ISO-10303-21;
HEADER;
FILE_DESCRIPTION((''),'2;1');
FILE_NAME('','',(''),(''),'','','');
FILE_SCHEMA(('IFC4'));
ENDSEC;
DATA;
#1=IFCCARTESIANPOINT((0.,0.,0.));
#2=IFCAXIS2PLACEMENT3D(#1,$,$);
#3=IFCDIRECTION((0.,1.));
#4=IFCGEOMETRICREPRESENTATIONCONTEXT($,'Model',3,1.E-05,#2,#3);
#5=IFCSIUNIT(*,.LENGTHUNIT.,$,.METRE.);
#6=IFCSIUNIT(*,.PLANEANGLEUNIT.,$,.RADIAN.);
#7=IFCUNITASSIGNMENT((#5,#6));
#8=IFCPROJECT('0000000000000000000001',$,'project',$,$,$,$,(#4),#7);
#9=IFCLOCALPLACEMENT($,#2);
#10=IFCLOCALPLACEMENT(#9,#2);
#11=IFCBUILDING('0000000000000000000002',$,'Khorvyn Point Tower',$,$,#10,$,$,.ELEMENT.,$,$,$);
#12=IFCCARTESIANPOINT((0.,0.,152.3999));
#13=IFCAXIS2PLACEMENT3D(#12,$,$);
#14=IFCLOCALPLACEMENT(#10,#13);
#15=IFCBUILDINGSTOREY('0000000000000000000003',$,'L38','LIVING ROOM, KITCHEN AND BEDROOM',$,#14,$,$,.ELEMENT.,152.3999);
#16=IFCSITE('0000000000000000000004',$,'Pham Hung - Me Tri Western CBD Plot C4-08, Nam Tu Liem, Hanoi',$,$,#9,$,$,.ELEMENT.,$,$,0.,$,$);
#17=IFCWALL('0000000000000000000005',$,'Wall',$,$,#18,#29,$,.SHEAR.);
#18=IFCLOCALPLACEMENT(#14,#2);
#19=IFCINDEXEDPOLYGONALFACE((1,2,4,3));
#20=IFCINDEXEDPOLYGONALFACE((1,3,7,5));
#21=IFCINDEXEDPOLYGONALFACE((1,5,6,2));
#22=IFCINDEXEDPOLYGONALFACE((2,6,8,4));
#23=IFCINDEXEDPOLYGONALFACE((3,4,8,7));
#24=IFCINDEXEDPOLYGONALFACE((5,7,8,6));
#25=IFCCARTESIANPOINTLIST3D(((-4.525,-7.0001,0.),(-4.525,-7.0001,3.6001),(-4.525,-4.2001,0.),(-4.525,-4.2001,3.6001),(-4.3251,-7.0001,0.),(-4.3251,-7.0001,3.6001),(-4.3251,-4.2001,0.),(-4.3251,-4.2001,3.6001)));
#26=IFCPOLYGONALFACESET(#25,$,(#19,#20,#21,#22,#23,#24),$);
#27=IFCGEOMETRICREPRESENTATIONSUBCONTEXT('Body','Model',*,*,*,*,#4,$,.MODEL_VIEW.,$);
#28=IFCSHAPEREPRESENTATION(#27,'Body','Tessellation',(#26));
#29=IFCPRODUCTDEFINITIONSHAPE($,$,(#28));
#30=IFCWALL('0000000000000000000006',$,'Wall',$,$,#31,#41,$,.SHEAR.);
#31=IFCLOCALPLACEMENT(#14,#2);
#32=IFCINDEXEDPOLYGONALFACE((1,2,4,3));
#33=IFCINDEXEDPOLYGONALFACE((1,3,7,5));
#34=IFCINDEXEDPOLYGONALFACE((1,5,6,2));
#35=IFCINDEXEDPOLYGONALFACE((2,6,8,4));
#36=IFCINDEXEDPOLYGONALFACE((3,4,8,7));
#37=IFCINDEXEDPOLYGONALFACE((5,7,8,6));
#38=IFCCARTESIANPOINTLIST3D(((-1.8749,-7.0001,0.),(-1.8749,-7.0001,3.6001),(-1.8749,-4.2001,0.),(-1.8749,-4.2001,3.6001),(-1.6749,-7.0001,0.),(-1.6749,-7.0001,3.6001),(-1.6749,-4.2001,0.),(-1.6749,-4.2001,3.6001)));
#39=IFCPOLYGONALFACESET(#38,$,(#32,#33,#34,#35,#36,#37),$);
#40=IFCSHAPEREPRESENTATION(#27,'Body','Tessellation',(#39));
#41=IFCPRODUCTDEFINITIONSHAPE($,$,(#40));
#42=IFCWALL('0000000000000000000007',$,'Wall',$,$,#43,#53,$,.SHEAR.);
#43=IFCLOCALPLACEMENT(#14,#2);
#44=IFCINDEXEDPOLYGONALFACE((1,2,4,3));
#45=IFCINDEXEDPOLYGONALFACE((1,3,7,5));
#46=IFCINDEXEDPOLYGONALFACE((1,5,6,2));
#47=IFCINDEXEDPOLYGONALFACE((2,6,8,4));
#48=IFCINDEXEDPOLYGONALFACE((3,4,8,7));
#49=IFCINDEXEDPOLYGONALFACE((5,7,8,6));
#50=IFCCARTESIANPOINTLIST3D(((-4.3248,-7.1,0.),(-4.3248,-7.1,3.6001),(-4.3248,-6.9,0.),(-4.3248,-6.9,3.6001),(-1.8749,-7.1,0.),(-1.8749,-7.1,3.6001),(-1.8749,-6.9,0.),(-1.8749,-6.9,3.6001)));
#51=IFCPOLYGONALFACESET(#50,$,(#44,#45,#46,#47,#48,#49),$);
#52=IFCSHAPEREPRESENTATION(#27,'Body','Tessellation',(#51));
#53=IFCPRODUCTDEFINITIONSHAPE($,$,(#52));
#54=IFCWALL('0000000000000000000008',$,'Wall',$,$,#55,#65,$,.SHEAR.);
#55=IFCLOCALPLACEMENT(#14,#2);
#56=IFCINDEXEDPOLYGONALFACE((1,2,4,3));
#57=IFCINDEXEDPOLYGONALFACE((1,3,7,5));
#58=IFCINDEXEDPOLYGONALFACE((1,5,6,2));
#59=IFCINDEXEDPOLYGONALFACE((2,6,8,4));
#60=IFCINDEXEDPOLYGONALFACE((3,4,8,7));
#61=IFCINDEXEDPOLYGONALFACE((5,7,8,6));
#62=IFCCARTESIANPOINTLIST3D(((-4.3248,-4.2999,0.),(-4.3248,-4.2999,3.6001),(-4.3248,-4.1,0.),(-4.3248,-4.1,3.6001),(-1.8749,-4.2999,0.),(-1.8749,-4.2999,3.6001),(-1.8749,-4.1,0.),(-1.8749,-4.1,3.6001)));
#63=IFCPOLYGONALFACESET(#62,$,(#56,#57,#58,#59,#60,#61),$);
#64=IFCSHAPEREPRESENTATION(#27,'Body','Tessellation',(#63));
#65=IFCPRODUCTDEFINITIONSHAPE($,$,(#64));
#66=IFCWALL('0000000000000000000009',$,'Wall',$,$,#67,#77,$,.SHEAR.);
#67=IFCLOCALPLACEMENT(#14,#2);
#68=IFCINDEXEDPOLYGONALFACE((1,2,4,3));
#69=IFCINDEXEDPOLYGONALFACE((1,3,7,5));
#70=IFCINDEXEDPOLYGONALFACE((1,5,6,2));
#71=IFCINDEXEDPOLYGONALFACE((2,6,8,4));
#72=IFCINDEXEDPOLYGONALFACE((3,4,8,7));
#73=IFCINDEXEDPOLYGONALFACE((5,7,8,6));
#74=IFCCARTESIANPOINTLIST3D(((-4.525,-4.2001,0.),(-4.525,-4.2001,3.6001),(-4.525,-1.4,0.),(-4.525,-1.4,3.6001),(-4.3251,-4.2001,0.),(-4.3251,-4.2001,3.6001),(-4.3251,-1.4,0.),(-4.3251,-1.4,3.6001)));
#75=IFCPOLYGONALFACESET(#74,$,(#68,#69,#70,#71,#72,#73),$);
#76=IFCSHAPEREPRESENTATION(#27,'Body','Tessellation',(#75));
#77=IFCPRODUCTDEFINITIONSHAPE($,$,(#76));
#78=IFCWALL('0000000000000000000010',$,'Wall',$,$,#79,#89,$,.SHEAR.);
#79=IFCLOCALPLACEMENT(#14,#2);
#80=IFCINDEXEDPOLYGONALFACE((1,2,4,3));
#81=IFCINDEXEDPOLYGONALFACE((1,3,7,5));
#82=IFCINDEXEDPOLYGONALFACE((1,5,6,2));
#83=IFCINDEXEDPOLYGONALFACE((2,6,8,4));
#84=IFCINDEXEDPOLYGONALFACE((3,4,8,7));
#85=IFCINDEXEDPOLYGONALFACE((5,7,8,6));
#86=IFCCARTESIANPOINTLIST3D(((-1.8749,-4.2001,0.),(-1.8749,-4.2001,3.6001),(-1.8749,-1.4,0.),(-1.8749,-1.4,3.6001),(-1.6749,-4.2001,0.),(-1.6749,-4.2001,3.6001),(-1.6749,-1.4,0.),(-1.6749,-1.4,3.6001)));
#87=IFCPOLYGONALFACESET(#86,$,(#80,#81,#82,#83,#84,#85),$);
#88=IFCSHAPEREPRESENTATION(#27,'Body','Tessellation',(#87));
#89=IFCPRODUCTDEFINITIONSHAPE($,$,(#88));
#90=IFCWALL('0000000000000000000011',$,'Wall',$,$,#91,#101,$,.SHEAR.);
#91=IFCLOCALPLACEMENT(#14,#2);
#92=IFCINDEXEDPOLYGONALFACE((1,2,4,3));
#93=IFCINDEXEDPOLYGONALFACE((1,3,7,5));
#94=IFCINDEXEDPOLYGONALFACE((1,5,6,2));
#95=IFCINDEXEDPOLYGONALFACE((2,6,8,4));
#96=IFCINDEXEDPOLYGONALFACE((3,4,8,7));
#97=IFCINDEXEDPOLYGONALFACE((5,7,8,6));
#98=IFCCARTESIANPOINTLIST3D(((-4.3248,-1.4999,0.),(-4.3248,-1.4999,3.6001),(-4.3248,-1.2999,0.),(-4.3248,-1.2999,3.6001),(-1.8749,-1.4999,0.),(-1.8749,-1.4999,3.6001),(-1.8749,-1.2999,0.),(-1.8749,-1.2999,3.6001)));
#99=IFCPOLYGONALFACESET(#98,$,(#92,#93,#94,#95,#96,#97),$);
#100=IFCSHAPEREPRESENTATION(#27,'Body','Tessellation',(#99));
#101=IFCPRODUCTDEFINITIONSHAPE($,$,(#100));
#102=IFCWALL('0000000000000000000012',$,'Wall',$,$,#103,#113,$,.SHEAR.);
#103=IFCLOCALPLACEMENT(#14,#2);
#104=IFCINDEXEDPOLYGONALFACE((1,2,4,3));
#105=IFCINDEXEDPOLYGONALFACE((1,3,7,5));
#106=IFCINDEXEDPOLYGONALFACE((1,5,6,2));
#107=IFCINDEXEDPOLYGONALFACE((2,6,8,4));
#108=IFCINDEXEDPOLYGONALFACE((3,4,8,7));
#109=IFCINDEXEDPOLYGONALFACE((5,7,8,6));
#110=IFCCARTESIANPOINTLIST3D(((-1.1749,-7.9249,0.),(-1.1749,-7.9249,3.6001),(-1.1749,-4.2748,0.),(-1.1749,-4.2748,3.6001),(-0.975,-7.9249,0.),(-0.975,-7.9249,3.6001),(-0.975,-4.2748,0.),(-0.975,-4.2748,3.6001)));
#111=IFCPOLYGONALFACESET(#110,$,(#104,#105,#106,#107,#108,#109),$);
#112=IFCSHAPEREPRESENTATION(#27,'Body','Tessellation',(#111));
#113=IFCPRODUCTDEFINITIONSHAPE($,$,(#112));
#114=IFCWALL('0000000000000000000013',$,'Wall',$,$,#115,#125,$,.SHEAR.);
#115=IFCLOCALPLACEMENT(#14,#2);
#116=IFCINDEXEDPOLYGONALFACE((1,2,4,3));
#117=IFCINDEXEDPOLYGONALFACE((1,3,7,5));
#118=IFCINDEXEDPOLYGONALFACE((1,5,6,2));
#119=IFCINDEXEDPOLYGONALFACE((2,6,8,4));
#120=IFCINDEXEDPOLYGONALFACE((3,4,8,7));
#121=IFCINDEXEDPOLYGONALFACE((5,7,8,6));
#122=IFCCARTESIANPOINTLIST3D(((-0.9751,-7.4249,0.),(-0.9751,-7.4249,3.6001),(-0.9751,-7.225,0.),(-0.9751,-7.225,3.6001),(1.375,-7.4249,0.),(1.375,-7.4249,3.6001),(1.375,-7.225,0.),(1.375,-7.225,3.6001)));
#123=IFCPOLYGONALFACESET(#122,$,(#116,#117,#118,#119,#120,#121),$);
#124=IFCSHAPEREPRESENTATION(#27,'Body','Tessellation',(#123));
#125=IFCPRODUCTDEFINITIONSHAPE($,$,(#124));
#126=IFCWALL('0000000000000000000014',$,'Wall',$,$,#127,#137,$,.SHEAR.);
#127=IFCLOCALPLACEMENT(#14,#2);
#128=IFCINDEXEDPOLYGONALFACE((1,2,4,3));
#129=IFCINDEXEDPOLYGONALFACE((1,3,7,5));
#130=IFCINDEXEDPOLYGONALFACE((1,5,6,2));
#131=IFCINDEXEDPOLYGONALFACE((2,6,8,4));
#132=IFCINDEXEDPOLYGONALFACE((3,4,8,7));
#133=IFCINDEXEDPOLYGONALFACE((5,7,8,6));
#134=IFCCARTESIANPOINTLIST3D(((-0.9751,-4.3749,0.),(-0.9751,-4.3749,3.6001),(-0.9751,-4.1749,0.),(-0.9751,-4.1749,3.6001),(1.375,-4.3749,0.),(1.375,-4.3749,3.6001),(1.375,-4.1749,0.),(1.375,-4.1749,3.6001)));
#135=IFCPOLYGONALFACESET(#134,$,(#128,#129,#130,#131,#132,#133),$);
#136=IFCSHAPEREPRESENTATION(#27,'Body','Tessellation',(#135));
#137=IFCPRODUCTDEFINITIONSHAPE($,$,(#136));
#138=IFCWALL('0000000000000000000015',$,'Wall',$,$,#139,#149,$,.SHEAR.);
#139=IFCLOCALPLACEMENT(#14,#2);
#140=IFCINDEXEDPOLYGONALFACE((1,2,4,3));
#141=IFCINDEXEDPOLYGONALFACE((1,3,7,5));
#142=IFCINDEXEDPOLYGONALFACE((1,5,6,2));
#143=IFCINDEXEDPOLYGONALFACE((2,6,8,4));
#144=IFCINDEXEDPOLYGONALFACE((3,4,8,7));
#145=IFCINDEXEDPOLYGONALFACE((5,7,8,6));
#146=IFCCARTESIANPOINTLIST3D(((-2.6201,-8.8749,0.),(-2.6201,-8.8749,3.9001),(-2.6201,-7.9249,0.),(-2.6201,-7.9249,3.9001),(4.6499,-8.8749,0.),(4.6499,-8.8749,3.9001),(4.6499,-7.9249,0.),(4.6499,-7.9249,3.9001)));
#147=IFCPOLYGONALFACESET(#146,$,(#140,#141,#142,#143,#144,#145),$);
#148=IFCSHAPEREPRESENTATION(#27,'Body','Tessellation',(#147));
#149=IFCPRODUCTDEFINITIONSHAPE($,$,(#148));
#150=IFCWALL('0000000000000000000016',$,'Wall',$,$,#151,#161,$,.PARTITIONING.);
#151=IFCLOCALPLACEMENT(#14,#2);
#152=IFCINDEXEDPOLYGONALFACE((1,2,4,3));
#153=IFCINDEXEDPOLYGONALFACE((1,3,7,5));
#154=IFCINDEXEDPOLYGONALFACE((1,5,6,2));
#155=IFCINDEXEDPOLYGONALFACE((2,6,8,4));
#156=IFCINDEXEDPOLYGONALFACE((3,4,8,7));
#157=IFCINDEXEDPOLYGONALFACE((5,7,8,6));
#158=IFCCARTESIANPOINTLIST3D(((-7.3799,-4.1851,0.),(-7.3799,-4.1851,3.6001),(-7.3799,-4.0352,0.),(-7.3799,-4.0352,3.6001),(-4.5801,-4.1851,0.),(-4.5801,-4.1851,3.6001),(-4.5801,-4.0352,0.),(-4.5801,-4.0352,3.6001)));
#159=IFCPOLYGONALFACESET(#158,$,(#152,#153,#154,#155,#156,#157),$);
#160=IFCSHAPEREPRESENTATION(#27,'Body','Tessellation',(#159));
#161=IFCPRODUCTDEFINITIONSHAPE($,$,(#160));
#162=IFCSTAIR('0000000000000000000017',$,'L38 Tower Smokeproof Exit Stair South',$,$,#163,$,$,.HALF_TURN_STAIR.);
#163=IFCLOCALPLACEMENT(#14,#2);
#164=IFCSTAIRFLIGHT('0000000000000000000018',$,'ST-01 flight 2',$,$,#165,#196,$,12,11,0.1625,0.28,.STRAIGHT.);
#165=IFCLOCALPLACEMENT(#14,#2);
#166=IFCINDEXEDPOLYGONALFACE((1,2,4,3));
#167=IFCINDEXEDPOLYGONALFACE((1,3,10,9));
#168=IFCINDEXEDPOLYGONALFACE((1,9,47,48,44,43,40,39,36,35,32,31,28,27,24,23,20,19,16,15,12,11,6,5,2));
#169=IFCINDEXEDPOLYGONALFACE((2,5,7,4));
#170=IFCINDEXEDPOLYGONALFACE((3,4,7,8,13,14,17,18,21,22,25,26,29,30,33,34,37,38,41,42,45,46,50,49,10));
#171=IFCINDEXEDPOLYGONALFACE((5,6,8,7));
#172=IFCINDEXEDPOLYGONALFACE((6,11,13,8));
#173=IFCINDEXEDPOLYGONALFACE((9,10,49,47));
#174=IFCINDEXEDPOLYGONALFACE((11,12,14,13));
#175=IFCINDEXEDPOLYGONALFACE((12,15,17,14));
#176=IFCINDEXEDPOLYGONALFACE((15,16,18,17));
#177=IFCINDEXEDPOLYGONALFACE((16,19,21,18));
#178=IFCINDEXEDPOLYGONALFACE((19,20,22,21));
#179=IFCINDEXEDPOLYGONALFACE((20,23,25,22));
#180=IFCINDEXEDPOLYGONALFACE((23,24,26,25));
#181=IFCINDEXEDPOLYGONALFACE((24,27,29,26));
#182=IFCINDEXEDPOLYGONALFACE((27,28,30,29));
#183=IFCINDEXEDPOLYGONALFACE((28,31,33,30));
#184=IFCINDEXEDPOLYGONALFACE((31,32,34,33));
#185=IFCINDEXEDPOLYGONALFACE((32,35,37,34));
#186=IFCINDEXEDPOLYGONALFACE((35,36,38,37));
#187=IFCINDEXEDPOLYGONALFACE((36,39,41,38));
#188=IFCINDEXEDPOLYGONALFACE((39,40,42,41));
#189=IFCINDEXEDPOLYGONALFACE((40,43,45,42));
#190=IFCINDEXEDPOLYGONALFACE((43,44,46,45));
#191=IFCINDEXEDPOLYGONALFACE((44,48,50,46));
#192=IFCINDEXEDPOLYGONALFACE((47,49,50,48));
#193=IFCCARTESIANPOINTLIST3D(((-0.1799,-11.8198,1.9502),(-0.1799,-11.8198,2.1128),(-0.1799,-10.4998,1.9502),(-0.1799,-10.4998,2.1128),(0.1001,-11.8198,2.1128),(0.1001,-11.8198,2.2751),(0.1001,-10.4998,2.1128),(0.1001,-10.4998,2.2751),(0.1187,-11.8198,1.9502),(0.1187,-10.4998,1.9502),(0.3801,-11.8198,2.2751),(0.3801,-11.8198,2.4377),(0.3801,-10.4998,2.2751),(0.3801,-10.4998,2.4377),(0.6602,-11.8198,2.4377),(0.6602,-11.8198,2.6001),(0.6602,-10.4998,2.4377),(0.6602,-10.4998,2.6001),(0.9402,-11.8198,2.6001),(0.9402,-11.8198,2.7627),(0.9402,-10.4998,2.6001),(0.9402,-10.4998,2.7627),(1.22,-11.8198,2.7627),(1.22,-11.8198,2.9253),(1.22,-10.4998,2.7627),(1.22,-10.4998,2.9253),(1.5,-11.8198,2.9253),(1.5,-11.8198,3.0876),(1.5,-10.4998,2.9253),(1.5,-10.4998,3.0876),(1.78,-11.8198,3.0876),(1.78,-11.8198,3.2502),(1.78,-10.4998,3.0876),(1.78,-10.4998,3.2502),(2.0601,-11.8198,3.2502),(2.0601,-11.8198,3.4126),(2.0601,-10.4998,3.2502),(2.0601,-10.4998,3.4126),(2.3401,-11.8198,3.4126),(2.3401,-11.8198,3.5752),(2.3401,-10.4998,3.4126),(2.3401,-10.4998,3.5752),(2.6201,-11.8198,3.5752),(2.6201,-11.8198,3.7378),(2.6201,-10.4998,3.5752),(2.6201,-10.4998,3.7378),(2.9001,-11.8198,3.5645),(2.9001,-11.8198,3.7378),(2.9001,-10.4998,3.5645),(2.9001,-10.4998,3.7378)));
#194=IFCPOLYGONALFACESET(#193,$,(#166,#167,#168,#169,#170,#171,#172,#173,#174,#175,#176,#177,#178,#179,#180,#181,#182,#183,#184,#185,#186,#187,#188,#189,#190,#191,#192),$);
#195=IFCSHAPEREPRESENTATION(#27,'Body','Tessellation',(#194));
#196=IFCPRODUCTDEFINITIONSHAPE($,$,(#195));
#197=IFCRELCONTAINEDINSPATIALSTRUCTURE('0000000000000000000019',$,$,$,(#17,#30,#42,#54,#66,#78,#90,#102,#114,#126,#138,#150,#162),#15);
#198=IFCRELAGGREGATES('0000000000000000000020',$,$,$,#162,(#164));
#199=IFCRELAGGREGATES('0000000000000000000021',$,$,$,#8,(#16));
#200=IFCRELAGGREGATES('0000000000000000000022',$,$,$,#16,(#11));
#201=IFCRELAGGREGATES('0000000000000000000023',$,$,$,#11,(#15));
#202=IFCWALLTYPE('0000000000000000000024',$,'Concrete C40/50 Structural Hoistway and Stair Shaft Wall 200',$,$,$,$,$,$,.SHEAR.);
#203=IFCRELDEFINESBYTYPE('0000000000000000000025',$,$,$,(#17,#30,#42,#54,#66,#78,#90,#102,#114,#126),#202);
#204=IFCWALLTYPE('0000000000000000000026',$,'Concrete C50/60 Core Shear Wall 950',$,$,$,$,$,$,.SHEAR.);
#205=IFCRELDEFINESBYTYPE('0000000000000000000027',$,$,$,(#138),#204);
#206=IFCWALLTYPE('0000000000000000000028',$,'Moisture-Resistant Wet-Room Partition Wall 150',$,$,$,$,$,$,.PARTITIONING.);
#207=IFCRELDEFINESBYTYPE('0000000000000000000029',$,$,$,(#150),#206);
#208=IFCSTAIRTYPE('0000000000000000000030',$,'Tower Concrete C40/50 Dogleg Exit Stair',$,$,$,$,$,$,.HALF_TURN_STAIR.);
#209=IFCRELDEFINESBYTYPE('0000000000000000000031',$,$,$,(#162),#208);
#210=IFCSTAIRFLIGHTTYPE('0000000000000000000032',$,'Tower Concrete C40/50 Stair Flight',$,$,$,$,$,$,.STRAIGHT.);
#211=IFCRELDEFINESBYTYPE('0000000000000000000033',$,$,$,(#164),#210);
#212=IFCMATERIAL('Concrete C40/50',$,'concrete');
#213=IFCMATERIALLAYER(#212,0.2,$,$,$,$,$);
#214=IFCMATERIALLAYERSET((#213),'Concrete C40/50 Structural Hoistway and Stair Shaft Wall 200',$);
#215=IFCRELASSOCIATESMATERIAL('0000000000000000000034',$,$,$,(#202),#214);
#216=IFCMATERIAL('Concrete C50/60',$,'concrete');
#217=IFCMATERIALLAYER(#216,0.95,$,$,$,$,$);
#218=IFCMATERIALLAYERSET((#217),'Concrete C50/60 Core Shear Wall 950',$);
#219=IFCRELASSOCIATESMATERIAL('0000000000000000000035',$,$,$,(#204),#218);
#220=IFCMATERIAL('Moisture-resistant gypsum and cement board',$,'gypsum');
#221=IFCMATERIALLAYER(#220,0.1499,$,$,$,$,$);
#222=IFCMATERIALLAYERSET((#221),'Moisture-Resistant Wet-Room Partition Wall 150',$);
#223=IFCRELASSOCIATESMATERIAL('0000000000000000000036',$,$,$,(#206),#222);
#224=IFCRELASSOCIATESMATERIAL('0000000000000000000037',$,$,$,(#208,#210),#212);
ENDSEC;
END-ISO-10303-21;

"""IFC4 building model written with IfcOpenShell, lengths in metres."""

from ifc_helpers import new_model, si_unit, direction, frame, frame_2d, origin, place, context, subcontext, project, spatial, polyline, rectangle, outline, extrude, material, layer, layer_set, type_object, element, aggregate, save


model = new_model("IFC4")

# Units and contexts
model_context = context("Model", 3, precision=1e-05, world=origin(), true_north=direction((0.0, 1.0)))
body_context = subcontext(model_context, "Body", "Model", "MODEL_VIEW")
ifc_project = project(units=[si_unit("LENGTHUNIT", "METRE"), si_unit("PLANEANGLEUNIT", "RADIAN")], contexts=[model_context])

# Site, building, storey
site_placement = place(None, origin())
site = spatial("IfcSite", under=ifc_project, at=site_placement, Name="Pham Hung - Me Tri Western CBD Plot C4-08, Nam Tu Liem, Hanoi", CompositionType="ELEMENT", RefElevation=0.0)
building_placement = place(site_placement, origin())
building = spatial("IfcBuilding", under=site, at=building_placement, Name="Khorvyn Point Tower", CompositionType="ELEMENT")
storey_placement = place(building_placement, frame((0.0, 0.0, 152.3999)))
storey = spatial("IfcBuildingStorey", under=building, at=storey_placement, Name="L38", Description="LIVING ROOM, KITCHEN AND BEDROOM", CompositionType="ELEMENT", Elevation=152.3999)

# Shared definitions
ifc_material_1 = material(Name="Concrete C40/50", Category="concrete")

# Shared definitions
ifc_material_2 = material(Name="Concrete C50/60", Category="concrete")

# Walls
ifc_layer_1 = layer(ifc_material_1, 0.2)
ifc_layer_set_1 = layer_set([ifc_layer_1], Name="Concrete C40/50 Structural Hoistway and Stair Shaft Wall 200")
wall_type_1 = type_object("IfcWallType", Name="Concrete C40/50 Structural Hoistway and Stair Shaft Wall 200", PredefinedType="SHEAR", material=ifc_layer_set_1)
for number, where, z_axis, x_axis, name in (
    (1, (-4.425, -7.0, 0.0), (0.0, 0.0, 1.0), (0.0, 1.0, 0.0), "Wall"),
    (2, (-1.7749, -7.0, 0.0), (0.0, 0.0, 1.0), (0.0, 1.0, 0.0), "Wall"),
):
    element("IfcWall", number, at=place(storey_placement, frame(where, z_axis=z_axis, x_axis=x_axis)), inside=storey, type_object=wall_type_1, Name=name, PredefinedType="SHEAR", context=body_context, shape_type="SweptSolid", body=[
        extrude(rectangle(XDim=2.8, YDim=0.2, at=frame_2d((1.3999, 0.0))), origin(), (0.0, 0.0, 1.0), 3.6001),
    ])
for number, where, z_axis, x_axis, name in (
    (3, (-4.325, -7.0, 0.0), (0.0, 0.0, 1.0), (1.0, 0.0, 0.0), "Wall"),
    (4, (-4.325, -4.2, 0.0), (0.0, 0.0, 1.0), (1.0, 0.0, 0.0), "Wall"),
):
    element("IfcWall", number, at=place(storey_placement, frame(where, z_axis=z_axis, x_axis=x_axis)), inside=storey, type_object=wall_type_1, Name=name, PredefinedType="SHEAR", context=body_context, shape_type="SweptSolid", body=[
        extrude(rectangle(XDim=2.45, YDim=0.2, at=frame_2d((1.2251, 0.0))), origin(), (0.0, 0.0, 1.0), 3.6001),
    ])
for number, where, z_axis, x_axis, name in (
    (5, (-4.425, -4.2, 0.0), (0.0, 0.0, 1.0), (0.0, 1.0, 0.0), "Wall"),
    (6, (-1.7749, -4.2, 0.0), (0.0, 0.0, 1.0), (0.0, 1.0, 0.0), "Wall"),
):
    element("IfcWall", number, at=place(storey_placement, frame(where, z_axis=z_axis, x_axis=x_axis)), inside=storey, type_object=wall_type_1, Name=name, PredefinedType="SHEAR", context=body_context, shape_type="SweptSolid", body=[
        extrude(rectangle(XDim=2.8, YDim=0.2, at=frame_2d((1.3999, 0.0))), origin(), (0.0, 0.0, 1.0), 3.6001),
    ])
wall_1_placement = place(storey_placement, frame((-4.325, -1.3999, 0.0), z_axis=(0.0, 0.0, 1.0), x_axis=(1.0, 0.0, 0.0)))
element("IfcWall", 7, at=wall_1_placement, inside=storey, type_object=wall_type_1, Name="Wall", PredefinedType="SHEAR", context=body_context, shape_type="SweptSolid", body=[
    extrude(rectangle(XDim=2.45, YDim=0.2, at=frame_2d((1.2251, 0.0))), origin(), (0.0, 0.0, 1.0), 3.6001),
])
wall_2_placement = place(storey_placement, frame((-1.075, -7.925, 0.0), z_axis=(0.0, 0.0, 1.0), x_axis=(0.0, 1.0, 0.0)))
element("IfcWall", 8, at=wall_2_placement, inside=storey, type_object=wall_type_1, Name="Wall", PredefinedType="SHEAR", context=body_context, shape_type="SweptSolid", body=[
    extrude(rectangle(XDim=3.6501, YDim=0.2, at=frame_2d((1.8252, 0.0))), origin(), (0.0, 0.0, 1.0), 3.6001),
])
for number, where, z_axis, x_axis, name in (
    (9, (-0.9751, -7.325, 0.0), (0.0, 0.0, 1.0), (1.0, 0.0, 0.0), "Wall"),
    (10, (-0.9751, -4.2749, 0.0), (0.0, 0.0, 1.0), (1.0, 0.0, 0.0), "Wall"),
):
    element("IfcWall", number, at=place(storey_placement, frame(where, z_axis=z_axis, x_axis=x_axis)), inside=storey, type_object=wall_type_1, Name=name, PredefinedType="SHEAR", context=body_context, shape_type="SweptSolid", body=[
        extrude(rectangle(XDim=2.3501, YDim=0.2, at=frame_2d((1.175, 0.0))), origin(), (0.0, 0.0, 1.0), 3.6001),
    ])
ifc_layer_2 = layer(ifc_material_2, 0.95)
ifc_layer_set_2 = layer_set([ifc_layer_2], Name="Concrete C50/60 Core Shear Wall 950")
wall_type_2 = type_object("IfcWallType", Name="Concrete C50/60 Core Shear Wall 950", PredefinedType="SHEAR", material=ifc_layer_set_2)
wall_3_placement = place(storey_placement, frame((-2.6201, -8.3999, 0.0), z_axis=(0.0, 0.0, 1.0), x_axis=(1.0, 0.0, 0.0)))
element("IfcWall", 11, at=wall_3_placement, inside=storey, type_object=wall_type_2, Name="Wall", PredefinedType="SHEAR", context=body_context, shape_type="SweptSolid", body=[
    extrude(rectangle(XDim=7.27, YDim=0.95, at=frame_2d((3.635, 0.0))), origin(), (0.0, 0.0, 1.0), 3.9001),
])
ifc_material_3 = material(Name="Moisture-resistant gypsum and cement board", Category="gypsum")
ifc_layer_3 = layer(ifc_material_3, 0.1499)
ifc_layer_set_3 = layer_set([ifc_layer_3], Name="Moisture-Resistant Wet-Room Partition Wall 150")
wall_type_3 = type_object("IfcWallType", Name="Moisture-Resistant Wet-Room Partition Wall 150", PredefinedType="PARTITIONING", material=ifc_layer_set_3)
wall_4_placement = place(storey_placement, frame((-7.3799, -4.1101, 0.0), z_axis=(0.0, 0.0, 1.0), x_axis=(1.0, 0.0, 0.0)))
element("IfcWall", 12, at=wall_4_placement, inside=storey, type_object=wall_type_3, Name="Wall", PredefinedType="PARTITIONING", context=body_context, shape_type="SweptSolid", body=[
    extrude(rectangle(XDim=2.7998, YDim=0.1499, at=frame_2d((1.3999, 0.0))), origin(), (0.0, 0.0, 1.0), 3.6001),
])

# Stair, stair flight
stair_type = type_object("IfcStairType", Name="Tower Concrete C40/50 Dogleg Exit Stair", PredefinedType="HALF_TURN_STAIR", material=ifc_material_1)
stair_placement = place(storey_placement, origin())
stair = element("IfcStair", 13, at=stair_placement, inside=storey, type_object=stair_type, Name="L38 Tower Smokeproof Exit Stair South", PredefinedType="HALF_TURN_STAIR")
stair_flight_type = type_object("IfcStairFlightType", Name="Tower Concrete C40/50 Stair Flight", PredefinedType="STRAIGHT", material=ifc_material_1)
stair_flight_placement = place(storey_placement, frame((-0.1799, -11.1599, 1.9502), z_axis=(0.0, 0.0, 1.0), x_axis=(1.0, 0.0, 0.0)))
stair_flight = element("IfcStairFlight", 14, at=stair_flight_placement, type_object=stair_flight_type, Name="ST-01 flight 2", NumberOfRisers=12, NumberOfTreads=11, PredefinedType="STRAIGHT", RiserHeight=0.1625, TreadLength=0.28, context=body_context, shape_type="SweptSolid", body=[
    extrude(outline(polyline([(0.0, 0.0), (0.0, 0.1626), (0.28, 0.1626), (0.28, 0.325), (0.5601, 0.325), (0.5601, 0.4875), (0.8401, 0.4875), (0.8401, 0.6499), (1.1201, 0.6499), (1.1201, 0.8125), (1.3999, 0.8125), (1.3999, 0.9751), (1.6799, 0.9751), (1.6799, 1.1375), (1.96, 1.1375), (1.96, 1.3), (2.24, 1.3), (2.24, 1.4624), (2.52, 1.4624), (2.52, 1.625), (2.8, 1.625), (2.8, 1.7876), (3.0801, 1.7876), (3.0801, 1.95), (3.0801, 1.6143), (0.2986, 0.0), (0.0, 0.0)])), frame((0.0, 0.6602, 0.0), z_axis=(0.0, -1.0, 0.0), x_axis=(1.0, 0.0, 0.0)), (0.0, 0.0, 1.0), 1.3201),
])
aggregate(stair, [stair_flight])

save(model, "model.ifc")
